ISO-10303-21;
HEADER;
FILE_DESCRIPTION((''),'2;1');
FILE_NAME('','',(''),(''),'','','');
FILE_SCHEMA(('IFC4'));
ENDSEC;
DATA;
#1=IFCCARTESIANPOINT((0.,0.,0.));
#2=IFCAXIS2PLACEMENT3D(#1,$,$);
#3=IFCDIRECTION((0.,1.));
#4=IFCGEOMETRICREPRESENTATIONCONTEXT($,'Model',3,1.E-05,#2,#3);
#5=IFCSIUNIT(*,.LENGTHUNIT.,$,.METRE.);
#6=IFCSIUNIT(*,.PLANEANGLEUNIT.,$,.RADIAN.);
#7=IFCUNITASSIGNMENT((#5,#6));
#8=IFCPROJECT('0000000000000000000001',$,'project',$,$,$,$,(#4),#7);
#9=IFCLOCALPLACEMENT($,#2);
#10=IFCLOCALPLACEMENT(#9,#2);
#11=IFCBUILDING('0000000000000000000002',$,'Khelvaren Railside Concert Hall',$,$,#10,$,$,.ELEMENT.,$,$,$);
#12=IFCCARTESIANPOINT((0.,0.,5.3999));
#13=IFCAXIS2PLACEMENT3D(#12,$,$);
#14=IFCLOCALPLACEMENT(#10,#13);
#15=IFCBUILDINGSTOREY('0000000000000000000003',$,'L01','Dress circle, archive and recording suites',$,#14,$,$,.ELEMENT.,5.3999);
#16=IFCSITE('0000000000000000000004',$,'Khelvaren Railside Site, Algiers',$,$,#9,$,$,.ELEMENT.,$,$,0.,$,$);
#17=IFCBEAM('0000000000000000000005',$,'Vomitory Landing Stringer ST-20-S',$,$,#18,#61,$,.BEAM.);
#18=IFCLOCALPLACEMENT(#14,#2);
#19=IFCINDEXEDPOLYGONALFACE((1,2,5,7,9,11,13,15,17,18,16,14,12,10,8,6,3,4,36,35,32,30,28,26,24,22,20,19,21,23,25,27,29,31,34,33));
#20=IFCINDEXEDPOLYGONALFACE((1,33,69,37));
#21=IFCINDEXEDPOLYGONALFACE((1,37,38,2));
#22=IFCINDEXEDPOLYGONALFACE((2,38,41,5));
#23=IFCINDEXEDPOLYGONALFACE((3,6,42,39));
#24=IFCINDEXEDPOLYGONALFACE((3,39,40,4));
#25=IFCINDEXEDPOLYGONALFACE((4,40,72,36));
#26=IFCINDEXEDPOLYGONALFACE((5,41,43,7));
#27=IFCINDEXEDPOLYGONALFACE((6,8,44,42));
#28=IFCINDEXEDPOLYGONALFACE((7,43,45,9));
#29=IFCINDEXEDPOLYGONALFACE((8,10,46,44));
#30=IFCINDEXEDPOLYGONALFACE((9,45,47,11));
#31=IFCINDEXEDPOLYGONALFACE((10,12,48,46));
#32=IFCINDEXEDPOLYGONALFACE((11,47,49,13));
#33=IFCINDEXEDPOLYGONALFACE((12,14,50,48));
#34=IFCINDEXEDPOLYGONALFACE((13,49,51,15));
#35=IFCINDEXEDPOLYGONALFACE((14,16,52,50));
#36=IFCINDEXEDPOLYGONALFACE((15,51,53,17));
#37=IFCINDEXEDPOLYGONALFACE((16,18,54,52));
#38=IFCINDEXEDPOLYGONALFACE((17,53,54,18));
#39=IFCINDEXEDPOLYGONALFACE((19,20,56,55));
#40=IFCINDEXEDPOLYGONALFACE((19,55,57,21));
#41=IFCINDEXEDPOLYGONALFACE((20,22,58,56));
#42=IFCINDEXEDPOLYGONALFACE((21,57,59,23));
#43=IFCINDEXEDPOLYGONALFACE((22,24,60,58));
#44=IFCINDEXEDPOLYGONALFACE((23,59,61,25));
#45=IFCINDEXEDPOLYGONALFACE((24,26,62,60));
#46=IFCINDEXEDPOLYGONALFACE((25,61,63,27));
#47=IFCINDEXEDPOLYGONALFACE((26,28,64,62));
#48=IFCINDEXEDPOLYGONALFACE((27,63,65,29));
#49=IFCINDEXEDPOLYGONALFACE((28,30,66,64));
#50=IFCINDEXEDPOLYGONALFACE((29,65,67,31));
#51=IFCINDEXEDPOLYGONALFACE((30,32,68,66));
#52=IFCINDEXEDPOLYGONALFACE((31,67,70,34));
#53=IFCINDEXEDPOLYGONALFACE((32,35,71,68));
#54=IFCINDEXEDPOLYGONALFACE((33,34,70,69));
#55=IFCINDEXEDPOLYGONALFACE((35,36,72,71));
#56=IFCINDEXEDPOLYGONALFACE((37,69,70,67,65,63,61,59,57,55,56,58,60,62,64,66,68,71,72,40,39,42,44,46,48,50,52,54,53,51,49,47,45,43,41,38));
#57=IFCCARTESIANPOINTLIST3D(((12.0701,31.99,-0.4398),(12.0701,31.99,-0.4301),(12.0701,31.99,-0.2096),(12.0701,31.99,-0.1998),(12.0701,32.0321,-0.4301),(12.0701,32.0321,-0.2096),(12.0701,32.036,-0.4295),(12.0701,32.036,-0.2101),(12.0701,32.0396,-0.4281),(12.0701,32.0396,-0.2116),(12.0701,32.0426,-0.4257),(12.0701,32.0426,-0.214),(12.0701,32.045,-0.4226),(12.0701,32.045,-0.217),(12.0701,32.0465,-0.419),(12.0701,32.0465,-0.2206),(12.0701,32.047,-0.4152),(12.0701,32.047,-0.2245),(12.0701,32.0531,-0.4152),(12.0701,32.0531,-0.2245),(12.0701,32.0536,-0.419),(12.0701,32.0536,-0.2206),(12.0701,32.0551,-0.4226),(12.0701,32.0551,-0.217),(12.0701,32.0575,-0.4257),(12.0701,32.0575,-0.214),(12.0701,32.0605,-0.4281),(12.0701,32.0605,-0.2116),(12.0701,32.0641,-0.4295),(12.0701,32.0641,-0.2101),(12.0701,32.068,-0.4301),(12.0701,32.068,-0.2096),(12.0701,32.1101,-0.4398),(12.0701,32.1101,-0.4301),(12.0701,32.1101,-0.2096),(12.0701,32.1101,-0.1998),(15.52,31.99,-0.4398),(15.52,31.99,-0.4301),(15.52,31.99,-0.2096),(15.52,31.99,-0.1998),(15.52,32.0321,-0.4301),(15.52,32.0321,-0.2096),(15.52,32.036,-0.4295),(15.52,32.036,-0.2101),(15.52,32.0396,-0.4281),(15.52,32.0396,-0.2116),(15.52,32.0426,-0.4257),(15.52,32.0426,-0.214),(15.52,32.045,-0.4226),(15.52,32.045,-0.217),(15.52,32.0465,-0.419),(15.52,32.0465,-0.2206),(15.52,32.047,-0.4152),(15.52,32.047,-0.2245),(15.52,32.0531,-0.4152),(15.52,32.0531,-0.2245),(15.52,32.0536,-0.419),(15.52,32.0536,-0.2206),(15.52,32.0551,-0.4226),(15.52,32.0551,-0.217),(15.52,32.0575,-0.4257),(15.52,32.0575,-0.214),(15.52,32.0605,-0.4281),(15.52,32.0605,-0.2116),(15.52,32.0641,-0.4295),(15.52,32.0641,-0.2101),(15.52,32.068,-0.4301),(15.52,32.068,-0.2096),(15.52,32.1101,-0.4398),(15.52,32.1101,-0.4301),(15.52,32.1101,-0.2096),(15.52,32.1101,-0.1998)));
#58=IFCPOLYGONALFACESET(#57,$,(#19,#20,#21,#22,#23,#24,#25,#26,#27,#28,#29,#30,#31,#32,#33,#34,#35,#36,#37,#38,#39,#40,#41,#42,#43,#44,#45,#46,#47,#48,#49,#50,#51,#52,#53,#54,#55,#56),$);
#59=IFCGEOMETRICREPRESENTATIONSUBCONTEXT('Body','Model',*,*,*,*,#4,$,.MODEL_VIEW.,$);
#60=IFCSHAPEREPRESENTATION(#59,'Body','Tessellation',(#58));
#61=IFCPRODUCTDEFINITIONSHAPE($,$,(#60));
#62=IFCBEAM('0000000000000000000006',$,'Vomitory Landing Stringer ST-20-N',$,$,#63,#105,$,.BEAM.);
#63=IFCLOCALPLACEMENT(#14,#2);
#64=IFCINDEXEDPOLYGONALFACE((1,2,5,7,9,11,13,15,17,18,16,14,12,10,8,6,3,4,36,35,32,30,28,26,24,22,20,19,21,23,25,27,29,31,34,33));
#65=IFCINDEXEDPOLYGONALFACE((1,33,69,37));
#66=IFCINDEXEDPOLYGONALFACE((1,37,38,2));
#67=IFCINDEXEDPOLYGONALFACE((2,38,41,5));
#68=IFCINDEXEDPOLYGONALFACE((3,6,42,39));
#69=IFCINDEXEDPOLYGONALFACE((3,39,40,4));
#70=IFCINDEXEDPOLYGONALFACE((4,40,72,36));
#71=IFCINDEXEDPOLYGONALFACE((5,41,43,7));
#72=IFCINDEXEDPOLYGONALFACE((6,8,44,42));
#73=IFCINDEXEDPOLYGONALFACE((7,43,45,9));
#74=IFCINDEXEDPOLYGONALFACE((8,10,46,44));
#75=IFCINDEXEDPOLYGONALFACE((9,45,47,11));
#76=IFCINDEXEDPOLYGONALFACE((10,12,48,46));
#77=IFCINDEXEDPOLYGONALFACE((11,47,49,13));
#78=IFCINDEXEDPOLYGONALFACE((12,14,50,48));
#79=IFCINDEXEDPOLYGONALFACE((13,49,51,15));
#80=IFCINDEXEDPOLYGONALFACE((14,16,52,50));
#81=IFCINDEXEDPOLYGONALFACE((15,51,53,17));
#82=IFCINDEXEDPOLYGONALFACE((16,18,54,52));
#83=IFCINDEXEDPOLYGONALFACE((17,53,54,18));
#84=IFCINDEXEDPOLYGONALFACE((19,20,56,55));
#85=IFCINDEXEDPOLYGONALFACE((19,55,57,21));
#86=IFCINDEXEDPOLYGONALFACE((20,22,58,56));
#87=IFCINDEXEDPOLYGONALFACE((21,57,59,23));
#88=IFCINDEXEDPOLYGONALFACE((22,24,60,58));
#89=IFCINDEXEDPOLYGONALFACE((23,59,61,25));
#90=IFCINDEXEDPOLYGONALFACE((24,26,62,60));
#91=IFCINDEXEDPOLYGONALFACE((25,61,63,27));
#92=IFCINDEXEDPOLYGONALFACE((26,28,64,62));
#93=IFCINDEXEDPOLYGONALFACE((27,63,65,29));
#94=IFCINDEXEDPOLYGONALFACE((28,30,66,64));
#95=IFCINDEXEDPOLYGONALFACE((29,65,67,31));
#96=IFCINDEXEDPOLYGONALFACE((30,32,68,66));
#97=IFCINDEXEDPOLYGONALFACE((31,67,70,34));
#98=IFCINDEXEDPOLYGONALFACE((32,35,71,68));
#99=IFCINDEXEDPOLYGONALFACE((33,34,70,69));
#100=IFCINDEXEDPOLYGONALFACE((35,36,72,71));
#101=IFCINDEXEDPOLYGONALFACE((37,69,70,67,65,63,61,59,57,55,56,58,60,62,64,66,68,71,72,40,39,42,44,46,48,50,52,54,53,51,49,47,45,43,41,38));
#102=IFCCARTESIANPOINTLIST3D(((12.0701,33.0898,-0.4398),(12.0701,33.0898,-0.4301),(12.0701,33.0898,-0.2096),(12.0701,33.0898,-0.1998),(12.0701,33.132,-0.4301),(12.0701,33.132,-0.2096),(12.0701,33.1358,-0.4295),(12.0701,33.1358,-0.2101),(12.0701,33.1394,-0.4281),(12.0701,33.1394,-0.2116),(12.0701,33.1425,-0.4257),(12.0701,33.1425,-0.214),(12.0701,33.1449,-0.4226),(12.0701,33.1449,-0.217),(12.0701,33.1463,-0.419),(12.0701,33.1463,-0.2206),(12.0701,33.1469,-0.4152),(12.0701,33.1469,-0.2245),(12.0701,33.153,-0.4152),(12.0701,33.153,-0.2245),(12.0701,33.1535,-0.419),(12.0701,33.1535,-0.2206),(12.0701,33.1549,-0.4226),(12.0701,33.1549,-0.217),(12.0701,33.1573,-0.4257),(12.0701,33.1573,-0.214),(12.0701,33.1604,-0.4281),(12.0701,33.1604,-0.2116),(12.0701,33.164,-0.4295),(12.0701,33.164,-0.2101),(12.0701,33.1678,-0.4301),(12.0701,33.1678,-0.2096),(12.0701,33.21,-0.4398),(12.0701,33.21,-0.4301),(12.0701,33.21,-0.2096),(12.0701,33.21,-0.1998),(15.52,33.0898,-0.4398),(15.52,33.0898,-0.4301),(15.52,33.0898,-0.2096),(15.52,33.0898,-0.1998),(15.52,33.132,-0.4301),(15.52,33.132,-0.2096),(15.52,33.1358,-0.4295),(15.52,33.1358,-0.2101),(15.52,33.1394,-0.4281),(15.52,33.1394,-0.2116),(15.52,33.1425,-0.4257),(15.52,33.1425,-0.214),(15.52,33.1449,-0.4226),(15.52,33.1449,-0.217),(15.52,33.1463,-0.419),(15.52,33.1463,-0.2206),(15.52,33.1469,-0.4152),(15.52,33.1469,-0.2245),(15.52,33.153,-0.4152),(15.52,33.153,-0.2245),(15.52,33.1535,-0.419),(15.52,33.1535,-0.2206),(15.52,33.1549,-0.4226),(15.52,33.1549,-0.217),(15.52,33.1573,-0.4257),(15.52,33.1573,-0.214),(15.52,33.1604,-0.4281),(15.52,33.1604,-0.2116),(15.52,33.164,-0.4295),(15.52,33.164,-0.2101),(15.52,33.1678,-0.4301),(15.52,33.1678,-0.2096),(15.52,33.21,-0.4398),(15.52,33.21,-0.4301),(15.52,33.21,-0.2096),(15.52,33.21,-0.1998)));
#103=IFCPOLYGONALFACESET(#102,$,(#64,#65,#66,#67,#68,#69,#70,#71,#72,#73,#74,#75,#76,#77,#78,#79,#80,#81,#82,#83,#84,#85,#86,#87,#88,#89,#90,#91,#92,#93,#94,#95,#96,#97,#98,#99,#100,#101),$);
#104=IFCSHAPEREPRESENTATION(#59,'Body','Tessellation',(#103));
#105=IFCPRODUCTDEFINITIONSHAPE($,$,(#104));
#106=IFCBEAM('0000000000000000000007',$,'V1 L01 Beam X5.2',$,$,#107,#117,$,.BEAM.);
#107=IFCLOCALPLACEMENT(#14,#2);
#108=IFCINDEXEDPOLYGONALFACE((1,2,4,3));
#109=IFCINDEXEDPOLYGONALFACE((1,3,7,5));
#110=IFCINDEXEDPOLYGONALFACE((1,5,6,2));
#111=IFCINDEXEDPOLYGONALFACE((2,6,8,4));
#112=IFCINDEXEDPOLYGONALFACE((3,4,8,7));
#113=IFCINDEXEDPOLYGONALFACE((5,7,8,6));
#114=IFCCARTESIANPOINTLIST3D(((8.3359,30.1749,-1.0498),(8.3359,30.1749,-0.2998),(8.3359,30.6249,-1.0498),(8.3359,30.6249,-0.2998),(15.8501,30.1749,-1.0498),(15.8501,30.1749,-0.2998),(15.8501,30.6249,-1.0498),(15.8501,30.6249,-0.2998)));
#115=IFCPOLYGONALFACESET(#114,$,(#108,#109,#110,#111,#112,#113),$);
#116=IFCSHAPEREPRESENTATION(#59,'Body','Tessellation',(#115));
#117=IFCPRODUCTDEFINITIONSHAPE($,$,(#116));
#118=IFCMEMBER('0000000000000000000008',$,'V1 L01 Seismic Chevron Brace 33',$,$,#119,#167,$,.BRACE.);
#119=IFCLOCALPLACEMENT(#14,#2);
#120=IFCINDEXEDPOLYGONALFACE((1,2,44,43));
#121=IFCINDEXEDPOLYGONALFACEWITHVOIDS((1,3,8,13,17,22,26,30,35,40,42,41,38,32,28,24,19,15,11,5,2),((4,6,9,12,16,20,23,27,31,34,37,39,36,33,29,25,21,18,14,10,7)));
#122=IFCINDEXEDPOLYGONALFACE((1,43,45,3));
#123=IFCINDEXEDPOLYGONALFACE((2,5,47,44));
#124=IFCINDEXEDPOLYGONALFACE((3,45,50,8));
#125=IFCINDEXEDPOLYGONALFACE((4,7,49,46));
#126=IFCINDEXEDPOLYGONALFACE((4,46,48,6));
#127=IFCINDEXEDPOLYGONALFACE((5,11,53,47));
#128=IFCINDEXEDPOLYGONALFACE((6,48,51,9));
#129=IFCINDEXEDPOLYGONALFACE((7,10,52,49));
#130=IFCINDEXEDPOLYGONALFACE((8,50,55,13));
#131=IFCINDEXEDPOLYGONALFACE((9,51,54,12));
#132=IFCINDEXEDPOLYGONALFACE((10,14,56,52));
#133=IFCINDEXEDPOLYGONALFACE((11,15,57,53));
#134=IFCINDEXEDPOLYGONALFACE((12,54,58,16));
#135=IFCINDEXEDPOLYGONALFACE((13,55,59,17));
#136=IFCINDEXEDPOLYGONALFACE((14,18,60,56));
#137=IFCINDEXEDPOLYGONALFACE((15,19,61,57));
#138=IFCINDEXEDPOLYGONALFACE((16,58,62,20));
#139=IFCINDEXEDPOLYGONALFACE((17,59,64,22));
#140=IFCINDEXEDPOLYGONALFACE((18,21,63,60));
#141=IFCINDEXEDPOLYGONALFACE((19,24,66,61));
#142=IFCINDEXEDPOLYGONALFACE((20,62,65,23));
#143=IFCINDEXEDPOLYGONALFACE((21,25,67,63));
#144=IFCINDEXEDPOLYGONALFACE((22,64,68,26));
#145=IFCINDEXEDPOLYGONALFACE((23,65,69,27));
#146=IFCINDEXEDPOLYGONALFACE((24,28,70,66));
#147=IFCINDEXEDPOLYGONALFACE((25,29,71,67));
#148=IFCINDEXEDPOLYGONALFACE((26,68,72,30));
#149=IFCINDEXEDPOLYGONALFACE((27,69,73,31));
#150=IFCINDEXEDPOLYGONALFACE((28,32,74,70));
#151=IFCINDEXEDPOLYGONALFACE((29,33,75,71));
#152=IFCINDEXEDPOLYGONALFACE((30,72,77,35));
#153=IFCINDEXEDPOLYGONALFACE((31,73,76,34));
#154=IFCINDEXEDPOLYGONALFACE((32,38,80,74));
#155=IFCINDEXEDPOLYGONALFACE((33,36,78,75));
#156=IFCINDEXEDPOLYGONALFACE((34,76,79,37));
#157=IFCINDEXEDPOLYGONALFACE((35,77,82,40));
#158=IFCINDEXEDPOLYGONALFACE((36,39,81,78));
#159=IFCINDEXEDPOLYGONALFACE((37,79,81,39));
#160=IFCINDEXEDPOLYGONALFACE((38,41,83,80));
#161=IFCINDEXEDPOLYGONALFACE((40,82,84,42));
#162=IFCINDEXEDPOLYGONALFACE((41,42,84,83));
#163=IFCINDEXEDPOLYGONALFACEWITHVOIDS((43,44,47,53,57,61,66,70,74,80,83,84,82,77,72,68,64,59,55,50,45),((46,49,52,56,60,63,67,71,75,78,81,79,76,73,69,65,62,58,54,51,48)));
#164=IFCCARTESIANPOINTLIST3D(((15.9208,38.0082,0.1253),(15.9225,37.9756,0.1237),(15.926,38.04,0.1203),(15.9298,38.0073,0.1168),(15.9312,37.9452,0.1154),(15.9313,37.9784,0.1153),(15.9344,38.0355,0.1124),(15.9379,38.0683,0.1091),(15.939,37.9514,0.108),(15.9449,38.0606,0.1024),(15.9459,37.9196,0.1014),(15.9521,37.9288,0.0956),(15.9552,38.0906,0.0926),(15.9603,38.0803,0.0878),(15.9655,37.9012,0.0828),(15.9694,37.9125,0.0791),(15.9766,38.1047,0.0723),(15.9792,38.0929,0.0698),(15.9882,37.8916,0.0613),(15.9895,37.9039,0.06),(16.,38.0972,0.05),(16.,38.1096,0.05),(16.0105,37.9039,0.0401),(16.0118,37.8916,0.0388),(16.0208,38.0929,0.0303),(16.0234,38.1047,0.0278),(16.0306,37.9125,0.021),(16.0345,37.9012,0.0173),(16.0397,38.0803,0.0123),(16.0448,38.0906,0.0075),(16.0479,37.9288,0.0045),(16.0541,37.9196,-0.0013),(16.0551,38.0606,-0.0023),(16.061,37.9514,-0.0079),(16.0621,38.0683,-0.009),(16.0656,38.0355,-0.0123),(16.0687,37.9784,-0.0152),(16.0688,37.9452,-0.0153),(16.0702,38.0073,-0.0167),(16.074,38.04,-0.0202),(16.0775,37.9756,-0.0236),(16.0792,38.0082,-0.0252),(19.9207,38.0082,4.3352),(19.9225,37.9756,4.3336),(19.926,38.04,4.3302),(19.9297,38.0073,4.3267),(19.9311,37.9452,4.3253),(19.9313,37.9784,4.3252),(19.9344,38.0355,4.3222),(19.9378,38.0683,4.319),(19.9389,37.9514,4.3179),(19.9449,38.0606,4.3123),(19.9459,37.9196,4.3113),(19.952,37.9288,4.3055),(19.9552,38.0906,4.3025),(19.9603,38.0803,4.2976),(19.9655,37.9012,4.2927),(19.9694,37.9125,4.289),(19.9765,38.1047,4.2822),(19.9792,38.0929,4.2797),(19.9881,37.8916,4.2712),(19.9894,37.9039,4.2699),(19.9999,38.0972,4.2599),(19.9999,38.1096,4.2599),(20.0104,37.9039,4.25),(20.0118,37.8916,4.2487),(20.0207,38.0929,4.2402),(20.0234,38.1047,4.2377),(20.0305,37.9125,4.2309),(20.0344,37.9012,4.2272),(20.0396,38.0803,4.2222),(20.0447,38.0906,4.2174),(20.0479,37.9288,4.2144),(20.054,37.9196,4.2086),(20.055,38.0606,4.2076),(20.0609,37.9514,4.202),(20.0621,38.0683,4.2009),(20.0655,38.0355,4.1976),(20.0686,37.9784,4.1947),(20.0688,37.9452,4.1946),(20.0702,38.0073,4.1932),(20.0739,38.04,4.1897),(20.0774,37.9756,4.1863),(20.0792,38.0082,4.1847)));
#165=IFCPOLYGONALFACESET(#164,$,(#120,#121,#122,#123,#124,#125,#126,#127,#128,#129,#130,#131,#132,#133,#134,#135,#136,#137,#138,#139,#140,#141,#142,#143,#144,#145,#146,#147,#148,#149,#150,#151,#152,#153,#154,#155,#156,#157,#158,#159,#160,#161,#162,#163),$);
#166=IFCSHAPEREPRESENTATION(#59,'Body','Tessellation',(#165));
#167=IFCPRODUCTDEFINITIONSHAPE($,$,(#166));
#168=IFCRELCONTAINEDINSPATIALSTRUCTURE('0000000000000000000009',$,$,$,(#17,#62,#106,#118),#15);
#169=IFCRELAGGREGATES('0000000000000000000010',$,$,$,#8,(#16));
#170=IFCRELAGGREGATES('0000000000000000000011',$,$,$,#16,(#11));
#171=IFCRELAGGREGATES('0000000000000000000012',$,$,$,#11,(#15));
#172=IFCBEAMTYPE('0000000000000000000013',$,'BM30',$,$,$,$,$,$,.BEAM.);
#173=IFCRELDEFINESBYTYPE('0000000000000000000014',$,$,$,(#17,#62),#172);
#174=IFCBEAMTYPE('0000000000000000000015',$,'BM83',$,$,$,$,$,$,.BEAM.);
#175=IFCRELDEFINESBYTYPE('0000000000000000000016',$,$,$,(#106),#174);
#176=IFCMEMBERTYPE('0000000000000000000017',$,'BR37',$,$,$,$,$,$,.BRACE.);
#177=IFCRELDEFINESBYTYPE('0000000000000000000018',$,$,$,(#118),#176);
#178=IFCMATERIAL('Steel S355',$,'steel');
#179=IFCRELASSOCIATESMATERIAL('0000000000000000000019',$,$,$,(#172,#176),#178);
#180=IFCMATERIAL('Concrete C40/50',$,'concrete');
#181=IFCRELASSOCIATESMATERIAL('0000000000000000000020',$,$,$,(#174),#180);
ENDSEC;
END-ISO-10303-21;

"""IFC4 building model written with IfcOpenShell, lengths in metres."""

from ifc_helpers import new_model, si_unit, direction, frame, origin, origin_2d, place, context, subcontext, project, spatial, rectangle, hollow_circle, i_section, extrude, material, material_profile, profile_set, type_object, element, save


model = new_model("IFC4")

# Units and contexts
model_context = context("Model", 3, precision=1e-05, world=origin(), true_north=direction((0.0, 1.0)))
body_context = subcontext(model_context, "Body", "Model", "MODEL_VIEW")
ifc_project = project(units=[si_unit("LENGTHUNIT", "METRE"), si_unit("PLANEANGLEUNIT", "RADIAN")], contexts=[model_context])

# Site, building, storey
site_placement = place(None, origin())
site = spatial("IfcSite", under=ifc_project, at=site_placement, Name="Khelvaren Railside Site, Algiers", CompositionType="ELEMENT", RefElevation=0.0)
building_placement = place(site_placement, origin())
building = spatial("IfcBuilding", under=site, at=building_placement, Name="Khelvaren Railside Concert Hall", CompositionType="ELEMENT")
storey_placement = place(building_placement, frame((0.0, 0.0, 5.3999)))
storey = spatial("IfcBuildingStorey", under=building, at=storey_placement, Name="L01", Description="Dress circle, archive and recording suites", CompositionType="ELEMENT", Elevation=5.3999)

# Beams
ifc_material_1 = material(Name="Steel S355", Category="steel")
ifc_material_profile_1 = material_profile(ifc_material_1, i_section(OverallWidth=0.1201, OverallDepth=0.24, WebThickness=0.0061, FlangeThickness=0.0098, FilletRadius=0.0149, at=origin_2d()), Name="IPE 240")
ifc_profile_set_1 = profile_set([ifc_material_profile_1], Name="Steel S355")
beam_type_1 = type_object("IfcBeamType", Name="BM30", PredefinedType="BEAM", material=ifc_profile_set_1)
for number, where, z_axis, x_axis, name in (
    (1, (12.0701, 32.05, -0.3198), (1.0, 0.0, 0.0), (0.0, 1.0, 0.0), "Vomitory Landing Stringer ST-20-S"),
    (2, (12.0701, 33.1499, -0.3198), (1.0, 0.0, 0.0), (0.0, 1.0, 0.0), "Vomitory Landing Stringer ST-20-N"),
):
    element("IfcBeam", number, at=place(storey_placement, frame(where, z_axis=z_axis, x_axis=x_axis)), inside=storey, type_object=beam_type_1, Name=name, PredefinedType="BEAM", context=body_context, shape_type="SweptSolid", body=[
        extrude(i_section(OverallWidth=0.1201, OverallDepth=0.24, WebThickness=0.0061, FlangeThickness=0.0098, FilletRadius=0.0149, at=origin_2d()), origin(), (0.0, 0.0, 1.0), 3.45),
    ])
ifc_material_2 = material(Name="Concrete C40/50", Category="concrete")
ifc_material_profile_2 = material_profile(ifc_material_2, rectangle(XDim=0.45, YDim=0.75, at=origin_2d()), Name="RCB 450x750")
ifc_profile_set_2 = profile_set([ifc_material_profile_2], Name="Concrete C40/50")
beam_type_2 = type_object("IfcBeamType", Name="BM83", PredefinedType="BEAM", material=ifc_profile_set_2)
beam_1_placement = place(storey_placement, frame((8.3359, 30.3999, -0.6748), z_axis=(1.0, 0.0, 0.0), x_axis=(0.0, 1.0, 0.0)))
element("IfcBeam", 3, at=beam_1_placement, inside=storey, type_object=beam_type_2, Name="V1 L01 Beam X5.2", PredefinedType="BEAM", context=body_context, shape_type="SweptSolid", body=[
    extrude(rectangle(XDim=0.45, YDim=0.75, at=origin_2d()), origin(), (0.0, 0.0, 1.0), 7.5142),
])

# Member
ifc_material_profile_3 = material_profile(ifc_material_1, hollow_circle(Radius=0.1096, WallThickness=0.0125, at=origin_2d()), Name="CHS 219.1x12.5")
ifc_profile_set_3 = profile_set([ifc_material_profile_3], Name="Steel S355")
member_type = type_object("IfcMemberType", Name="BR37", PredefinedType="BRACE", material=ifc_profile_set_3)
member_placement = place(storey_placement, frame((16.0, 38.0, 0.05), z_axis=(0.688798, 0.0, 0.724953), x_axis=(0.0, 1.0, 0.0)))
element("IfcMember", 4, at=member_placement, inside=storey, type_object=member_type, Name="V1 L01 Seismic Chevron Brace 33", PredefinedType="BRACE", context=body_context, shape_type="SweptSolid", body=[
    extrude(hollow_circle(Radius=0.1096, WallThickness=0.0125, at=origin_2d()), origin(), (0.0, 0.0, 1.0), 5.8071),
])

save(model, "model.ifc")
